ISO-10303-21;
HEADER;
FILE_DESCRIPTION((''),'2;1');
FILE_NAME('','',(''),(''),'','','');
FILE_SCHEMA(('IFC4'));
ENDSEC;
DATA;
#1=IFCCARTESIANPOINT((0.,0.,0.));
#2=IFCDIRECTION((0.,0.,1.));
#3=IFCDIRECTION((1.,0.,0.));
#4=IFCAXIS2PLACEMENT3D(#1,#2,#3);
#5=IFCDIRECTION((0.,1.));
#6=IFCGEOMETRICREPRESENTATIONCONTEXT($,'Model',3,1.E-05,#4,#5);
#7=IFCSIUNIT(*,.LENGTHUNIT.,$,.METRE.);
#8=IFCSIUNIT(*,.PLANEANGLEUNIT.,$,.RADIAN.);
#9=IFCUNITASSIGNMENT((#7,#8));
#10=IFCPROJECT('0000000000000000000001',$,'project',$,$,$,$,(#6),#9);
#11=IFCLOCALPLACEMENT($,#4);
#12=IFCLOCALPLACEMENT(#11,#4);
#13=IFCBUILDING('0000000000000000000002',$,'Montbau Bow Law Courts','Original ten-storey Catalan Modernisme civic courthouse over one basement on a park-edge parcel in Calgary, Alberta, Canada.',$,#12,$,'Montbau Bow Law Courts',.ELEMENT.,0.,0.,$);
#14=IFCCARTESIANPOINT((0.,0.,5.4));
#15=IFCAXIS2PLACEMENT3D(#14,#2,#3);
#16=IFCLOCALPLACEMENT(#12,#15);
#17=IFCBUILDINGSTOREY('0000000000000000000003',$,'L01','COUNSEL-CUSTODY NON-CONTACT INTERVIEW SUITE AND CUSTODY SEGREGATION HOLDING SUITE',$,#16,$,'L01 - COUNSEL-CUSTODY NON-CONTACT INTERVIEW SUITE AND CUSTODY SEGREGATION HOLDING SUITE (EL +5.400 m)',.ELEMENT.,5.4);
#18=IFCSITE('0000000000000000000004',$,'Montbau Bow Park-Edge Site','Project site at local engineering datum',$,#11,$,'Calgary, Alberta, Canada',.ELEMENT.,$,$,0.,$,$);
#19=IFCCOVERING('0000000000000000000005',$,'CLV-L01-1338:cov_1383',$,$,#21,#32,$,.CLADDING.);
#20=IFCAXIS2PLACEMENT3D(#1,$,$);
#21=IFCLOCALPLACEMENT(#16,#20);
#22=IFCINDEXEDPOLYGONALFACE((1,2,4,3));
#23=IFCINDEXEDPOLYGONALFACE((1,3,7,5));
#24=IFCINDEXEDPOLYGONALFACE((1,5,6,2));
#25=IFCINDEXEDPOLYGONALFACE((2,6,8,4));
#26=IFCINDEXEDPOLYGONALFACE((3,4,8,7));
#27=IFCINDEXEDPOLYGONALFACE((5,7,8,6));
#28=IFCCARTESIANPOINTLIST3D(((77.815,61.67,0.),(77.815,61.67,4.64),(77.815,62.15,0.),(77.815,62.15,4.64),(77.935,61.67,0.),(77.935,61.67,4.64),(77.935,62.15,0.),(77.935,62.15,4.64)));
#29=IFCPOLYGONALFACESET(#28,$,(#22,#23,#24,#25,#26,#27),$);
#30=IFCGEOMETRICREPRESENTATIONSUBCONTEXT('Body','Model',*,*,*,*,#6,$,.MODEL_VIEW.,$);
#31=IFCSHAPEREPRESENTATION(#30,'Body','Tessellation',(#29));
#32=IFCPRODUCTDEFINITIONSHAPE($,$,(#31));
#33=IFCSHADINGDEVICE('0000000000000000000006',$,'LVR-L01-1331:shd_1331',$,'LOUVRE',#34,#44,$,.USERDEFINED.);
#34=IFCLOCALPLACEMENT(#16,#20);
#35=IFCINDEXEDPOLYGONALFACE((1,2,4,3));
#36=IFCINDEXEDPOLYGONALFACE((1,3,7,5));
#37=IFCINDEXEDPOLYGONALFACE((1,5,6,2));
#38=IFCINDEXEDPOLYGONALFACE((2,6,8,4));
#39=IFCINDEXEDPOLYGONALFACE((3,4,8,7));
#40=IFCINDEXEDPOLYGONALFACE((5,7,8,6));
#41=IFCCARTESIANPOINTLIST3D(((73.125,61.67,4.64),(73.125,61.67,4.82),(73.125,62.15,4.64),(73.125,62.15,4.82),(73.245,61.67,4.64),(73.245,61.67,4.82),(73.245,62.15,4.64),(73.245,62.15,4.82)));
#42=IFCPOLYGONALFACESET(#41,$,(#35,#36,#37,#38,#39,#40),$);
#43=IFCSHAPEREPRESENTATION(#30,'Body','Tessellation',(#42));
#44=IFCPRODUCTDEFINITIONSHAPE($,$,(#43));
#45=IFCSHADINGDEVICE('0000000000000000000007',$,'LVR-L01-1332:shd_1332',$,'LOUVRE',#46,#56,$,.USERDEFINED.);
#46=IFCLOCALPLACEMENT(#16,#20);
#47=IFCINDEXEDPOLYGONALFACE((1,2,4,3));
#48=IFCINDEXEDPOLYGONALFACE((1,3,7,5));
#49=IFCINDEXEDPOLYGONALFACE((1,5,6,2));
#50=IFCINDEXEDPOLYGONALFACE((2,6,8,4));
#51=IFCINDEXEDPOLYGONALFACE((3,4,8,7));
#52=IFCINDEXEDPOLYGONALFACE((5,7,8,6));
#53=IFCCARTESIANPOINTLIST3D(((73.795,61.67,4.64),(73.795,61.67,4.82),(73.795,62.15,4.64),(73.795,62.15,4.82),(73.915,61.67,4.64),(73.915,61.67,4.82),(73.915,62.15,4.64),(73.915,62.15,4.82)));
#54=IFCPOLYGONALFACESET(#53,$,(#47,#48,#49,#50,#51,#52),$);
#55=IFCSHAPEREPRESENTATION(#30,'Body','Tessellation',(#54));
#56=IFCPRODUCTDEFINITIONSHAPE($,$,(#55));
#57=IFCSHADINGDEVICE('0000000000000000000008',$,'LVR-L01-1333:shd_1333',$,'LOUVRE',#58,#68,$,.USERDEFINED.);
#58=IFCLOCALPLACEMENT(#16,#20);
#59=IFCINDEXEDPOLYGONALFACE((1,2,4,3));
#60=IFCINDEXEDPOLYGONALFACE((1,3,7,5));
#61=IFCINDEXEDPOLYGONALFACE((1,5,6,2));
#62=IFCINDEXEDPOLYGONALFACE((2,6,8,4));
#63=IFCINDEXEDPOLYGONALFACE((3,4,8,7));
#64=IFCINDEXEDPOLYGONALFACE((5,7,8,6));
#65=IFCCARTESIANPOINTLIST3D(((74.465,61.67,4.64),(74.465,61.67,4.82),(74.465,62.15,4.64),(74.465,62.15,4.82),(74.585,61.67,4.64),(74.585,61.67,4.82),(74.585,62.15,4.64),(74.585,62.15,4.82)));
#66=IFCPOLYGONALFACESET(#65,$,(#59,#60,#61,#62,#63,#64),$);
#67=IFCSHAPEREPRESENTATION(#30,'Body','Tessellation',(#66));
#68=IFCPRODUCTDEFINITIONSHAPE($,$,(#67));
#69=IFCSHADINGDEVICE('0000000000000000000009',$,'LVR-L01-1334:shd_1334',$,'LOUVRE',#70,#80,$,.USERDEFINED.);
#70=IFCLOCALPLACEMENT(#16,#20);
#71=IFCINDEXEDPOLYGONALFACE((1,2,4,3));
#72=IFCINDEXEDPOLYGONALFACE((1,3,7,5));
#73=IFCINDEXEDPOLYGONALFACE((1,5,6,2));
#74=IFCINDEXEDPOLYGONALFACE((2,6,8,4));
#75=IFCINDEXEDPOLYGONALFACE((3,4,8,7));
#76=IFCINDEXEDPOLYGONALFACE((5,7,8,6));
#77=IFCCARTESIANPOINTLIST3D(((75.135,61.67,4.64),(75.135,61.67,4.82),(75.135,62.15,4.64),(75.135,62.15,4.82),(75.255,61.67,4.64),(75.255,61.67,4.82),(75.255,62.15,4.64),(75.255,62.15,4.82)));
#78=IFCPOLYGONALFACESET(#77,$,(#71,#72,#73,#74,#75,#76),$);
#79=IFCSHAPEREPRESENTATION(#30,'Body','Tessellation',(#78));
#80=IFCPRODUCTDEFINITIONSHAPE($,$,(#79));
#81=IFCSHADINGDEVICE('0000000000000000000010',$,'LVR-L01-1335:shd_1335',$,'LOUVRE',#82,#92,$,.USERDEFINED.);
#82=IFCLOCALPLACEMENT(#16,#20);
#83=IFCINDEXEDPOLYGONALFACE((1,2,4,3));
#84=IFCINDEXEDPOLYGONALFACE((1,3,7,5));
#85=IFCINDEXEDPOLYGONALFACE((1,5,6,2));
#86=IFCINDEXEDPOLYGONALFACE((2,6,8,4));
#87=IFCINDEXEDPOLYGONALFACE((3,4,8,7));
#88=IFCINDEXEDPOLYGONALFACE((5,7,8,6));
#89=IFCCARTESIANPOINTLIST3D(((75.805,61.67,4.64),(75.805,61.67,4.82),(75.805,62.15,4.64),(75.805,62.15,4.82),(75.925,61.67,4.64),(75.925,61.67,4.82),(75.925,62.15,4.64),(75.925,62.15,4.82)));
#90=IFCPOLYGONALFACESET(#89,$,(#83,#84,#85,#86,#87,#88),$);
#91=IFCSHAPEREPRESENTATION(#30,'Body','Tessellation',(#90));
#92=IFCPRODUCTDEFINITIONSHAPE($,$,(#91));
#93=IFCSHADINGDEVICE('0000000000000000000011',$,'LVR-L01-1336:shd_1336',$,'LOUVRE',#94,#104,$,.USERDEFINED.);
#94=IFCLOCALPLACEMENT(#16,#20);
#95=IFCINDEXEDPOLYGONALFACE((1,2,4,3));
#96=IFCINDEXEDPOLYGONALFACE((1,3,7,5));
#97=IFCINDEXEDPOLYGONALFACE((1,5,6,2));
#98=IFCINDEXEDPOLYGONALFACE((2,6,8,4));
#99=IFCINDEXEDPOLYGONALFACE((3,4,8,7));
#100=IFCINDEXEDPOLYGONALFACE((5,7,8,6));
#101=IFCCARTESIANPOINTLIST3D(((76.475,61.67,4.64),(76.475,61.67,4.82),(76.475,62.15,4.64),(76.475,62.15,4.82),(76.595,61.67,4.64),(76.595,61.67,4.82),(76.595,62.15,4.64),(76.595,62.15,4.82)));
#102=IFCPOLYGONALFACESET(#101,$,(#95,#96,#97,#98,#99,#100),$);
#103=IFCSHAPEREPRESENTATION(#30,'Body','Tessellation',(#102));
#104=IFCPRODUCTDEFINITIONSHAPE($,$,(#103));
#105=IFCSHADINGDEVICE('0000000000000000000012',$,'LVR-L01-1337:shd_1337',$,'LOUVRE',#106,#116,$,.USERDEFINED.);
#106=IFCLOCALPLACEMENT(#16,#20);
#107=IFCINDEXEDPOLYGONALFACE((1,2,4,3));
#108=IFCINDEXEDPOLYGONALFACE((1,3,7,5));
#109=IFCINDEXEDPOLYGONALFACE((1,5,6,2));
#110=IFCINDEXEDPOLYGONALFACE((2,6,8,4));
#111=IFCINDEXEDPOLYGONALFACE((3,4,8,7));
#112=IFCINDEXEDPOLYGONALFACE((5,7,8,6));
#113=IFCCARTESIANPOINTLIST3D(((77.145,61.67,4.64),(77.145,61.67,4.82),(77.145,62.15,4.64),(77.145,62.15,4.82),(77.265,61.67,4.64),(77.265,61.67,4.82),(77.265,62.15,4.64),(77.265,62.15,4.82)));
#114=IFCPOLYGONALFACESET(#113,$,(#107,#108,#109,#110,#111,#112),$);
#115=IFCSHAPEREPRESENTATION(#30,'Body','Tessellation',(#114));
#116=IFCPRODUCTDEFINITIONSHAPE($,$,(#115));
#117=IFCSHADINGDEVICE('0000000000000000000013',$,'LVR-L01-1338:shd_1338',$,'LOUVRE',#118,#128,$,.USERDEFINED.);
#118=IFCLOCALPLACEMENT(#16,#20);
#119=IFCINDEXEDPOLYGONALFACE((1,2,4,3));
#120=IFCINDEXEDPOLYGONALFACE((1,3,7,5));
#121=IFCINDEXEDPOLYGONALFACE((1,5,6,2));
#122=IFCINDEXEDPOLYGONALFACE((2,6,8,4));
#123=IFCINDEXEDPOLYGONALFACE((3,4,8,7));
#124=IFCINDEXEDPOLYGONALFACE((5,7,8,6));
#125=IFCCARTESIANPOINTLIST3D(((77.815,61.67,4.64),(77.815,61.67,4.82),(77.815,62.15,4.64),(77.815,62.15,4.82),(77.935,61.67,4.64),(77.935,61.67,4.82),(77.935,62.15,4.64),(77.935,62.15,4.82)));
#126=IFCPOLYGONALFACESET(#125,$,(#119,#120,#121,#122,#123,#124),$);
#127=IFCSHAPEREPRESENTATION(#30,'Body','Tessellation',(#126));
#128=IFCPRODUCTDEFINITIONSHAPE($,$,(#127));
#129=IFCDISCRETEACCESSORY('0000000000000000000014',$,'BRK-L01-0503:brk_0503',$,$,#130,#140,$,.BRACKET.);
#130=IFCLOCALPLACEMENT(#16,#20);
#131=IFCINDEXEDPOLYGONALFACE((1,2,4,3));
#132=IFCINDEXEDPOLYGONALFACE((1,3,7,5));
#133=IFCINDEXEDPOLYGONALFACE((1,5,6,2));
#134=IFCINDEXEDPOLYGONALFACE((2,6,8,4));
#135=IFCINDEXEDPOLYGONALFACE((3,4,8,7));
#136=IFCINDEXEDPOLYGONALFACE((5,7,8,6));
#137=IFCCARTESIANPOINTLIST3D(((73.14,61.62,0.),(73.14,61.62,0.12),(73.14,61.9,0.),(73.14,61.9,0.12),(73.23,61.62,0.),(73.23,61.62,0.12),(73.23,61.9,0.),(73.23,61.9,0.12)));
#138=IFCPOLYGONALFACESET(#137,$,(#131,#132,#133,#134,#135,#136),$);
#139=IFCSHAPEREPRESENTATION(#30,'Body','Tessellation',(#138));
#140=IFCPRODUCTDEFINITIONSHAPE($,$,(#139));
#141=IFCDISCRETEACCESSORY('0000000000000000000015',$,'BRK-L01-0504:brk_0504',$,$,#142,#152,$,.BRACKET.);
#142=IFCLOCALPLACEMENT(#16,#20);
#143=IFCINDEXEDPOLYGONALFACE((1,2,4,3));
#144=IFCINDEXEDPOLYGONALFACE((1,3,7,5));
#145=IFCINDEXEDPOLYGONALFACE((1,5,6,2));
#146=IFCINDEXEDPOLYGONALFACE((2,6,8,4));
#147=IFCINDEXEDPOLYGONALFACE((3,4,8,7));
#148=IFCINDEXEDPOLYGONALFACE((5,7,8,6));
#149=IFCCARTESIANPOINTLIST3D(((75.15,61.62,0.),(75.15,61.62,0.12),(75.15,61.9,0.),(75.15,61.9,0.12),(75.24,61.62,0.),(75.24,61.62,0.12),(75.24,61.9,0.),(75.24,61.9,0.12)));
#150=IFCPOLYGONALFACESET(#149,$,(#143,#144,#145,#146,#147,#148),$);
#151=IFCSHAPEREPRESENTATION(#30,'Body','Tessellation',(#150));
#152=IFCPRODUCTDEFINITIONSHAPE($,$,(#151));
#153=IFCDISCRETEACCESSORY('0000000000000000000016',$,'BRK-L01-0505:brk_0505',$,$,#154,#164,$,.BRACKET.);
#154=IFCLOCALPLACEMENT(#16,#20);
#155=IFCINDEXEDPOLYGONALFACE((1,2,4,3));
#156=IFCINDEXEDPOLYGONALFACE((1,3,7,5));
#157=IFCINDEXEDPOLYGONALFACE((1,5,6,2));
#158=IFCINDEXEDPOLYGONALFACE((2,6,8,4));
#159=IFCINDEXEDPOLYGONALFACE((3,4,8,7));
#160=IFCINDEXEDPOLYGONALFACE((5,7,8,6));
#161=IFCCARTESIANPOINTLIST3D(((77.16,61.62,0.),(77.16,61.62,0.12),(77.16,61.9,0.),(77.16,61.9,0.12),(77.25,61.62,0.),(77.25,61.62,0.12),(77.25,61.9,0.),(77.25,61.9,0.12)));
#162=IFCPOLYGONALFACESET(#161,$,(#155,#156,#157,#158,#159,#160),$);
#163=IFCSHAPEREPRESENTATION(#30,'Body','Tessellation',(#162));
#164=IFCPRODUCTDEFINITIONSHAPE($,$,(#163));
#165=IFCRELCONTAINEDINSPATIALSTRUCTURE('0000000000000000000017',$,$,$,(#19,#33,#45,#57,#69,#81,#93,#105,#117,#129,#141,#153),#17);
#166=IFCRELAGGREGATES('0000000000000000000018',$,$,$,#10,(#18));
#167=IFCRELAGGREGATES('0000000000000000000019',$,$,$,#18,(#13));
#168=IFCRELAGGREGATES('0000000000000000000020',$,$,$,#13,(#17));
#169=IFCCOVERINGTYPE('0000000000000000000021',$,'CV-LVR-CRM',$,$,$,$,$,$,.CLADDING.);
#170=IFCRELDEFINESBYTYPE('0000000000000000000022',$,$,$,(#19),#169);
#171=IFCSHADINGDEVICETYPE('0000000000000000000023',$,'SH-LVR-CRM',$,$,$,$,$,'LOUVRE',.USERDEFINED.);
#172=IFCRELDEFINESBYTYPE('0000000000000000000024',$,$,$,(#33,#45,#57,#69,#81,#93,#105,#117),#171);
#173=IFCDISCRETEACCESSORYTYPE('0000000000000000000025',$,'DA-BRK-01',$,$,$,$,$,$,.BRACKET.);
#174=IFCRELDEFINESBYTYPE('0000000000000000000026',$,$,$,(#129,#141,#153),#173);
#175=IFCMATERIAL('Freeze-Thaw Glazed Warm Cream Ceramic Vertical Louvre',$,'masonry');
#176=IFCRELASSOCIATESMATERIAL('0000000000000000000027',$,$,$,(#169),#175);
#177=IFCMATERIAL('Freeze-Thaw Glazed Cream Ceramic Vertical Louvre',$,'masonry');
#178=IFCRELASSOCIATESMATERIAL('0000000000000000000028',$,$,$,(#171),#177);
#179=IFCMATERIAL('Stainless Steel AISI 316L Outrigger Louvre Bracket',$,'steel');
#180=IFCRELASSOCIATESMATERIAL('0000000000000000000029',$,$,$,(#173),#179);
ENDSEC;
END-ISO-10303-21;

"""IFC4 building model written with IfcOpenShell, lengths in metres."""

from ifc_helpers import new_model, si_unit, direction, frame, frame_2d, origin_with_axes, origin_2d_with_axis, place, context, subcontext, project, spatial, rectangle, extrude, material, type_object, element, save


model = new_model("IFC4")

# Units and contexts
model_context = context("Model", 3, precision=1e-05, world=origin_with_axes(), true_north=direction((0.0, 1.0)))
body_context = subcontext(model_context, "Body", "Model", "MODEL_VIEW")
ifc_project = project(units=[si_unit("LENGTHUNIT", "METRE"), si_unit("PLANEANGLEUNIT", "RADIAN")], contexts=[model_context])

# Site, building, storey
site_placement = place(None, origin_with_axes())
site = spatial("IfcSite", under=ifc_project, at=site_placement, Name="Montbau Bow Park-Edge Site", Description="Project site at local engineering datum", LongName="Calgary, Alberta, Canada", CompositionType="ELEMENT", RefElevation=0.0)
building_placement = place(site_placement, origin_with_axes())
building = spatial("IfcBuilding", under=site, at=building_placement, Name="Montbau Bow Law Courts", Description="Original ten-storey Catalan Modernisme civic courthouse over one basement on a park-edge parcel in Calgary, Alberta, Canada.", LongName="Montbau Bow Law Courts", CompositionType="ELEMENT", ElevationOfRefHeight=0.0, ElevationOfTerrain=0.0)
storey_placement = place(building_placement, frame((0.0, 0.0, 5.4), z_axis=(0.0, 0.0, 1.0), x_axis=(1.0, 0.0, 0.0)))
storey = spatial("IfcBuildingStorey", under=building, at=storey_placement, Name="L01", Description="COUNSEL-CUSTODY NON-CONTACT INTERVIEW SUITE AND CUSTODY SEGREGATION HOLDING SUITE", LongName="L01 - COUNSEL-CUSTODY NON-CONTACT INTERVIEW SUITE AND CUSTODY SEGREGATION HOLDING SUITE (EL +5.400 m)", CompositionType="ELEMENT", Elevation=5.4)

# Covering
ifc_material_1 = material(Name="Freeze-Thaw Glazed Warm Cream Ceramic Vertical Louvre", Category="masonry")
covering_type = type_object("IfcCoveringType", Name="CV-LVR-CRM", PredefinedType="CLADDING", material=ifc_material_1)
for number, where, z_axis, x_axis, name in (
    (1, (77.875, 61.67, 5.4), (1.0, 0.0, 0.0), (0.0, 1.0, 0.0), "CLV-L01-1338:cov_1383"),
):
    element("IfcCovering", number, at=place(None, frame(where, z_axis=z_axis, x_axis=x_axis)), inside=storey, type_object=covering_type, Name=name, PredefinedType="CLADDING", context=body_context, shape_type="SweptSolid", body=[
        extrude(rectangle(XDim=0.48, YDim=4.64, at=frame_2d((0.24, 2.32), x_axis=(1.0, 0.0))), frame((0.0, 0.0, -0.06), z_axis=(0.0, 0.0, 1.0), x_axis=(1.0, 0.0, 0.0)), (0.0, 0.0, 1.0), 0.12),
    ])

# Shading devices
ifc_material_2 = material(Name="Freeze-Thaw Glazed Cream Ceramic Vertical Louvre", Category="masonry")
shading_device_type = type_object("IfcShadingDeviceType", Name="SH-LVR-CRM", ElementType="LOUVRE", PredefinedType="USERDEFINED", material=ifc_material_2)
for number, where, z_axis, x_axis, name in (
    (2, (73.185, 61.91, 10.04), (0.0, 0.0, 1.0), (0.0, 1.0, 0.0), "LVR-L01-1331:shd_1331"),
    (3, (73.855, 61.91, 10.04), (0.0, 0.0, 1.0), (0.0, 1.0, 0.0), "LVR-L01-1332:shd_1332"),
    (4, (74.525, 61.91, 10.04), (0.0, 0.0, 1.0), (0.0, 1.0, 0.0), "LVR-L01-1333:shd_1333"),
    (5, (75.195, 61.91, 10.04), (0.0, 0.0, 1.0), (0.0, 1.0, 0.0), "LVR-L01-1334:shd_1334"),
    (6, (75.865, 61.91, 10.04), (0.0, 0.0, 1.0), (0.0, 1.0, 0.0), "LVR-L01-1335:shd_1335"),
    (7, (76.535, 61.91, 10.04), (0.0, 0.0, 1.0), (0.0, 1.0, 0.0), "LVR-L01-1336:shd_1336"),
    (8, (77.205, 61.91, 10.04), (0.0, 0.0, 1.0), (0.0, 1.0, 0.0), "LVR-L01-1337:shd_1337"),
    (9, (77.875, 61.91, 10.04), (0.0, 0.0, 1.0), (0.0, 1.0, 0.0), "LVR-L01-1338:shd_1338"),
):
    element("IfcShadingDevice", number, at=place(None, frame(where, z_axis=z_axis, x_axis=x_axis)), inside=storey, type_object=shading_device_type, Name=name, ObjectType="LOUVRE", PredefinedType="USERDEFINED", context=body_context, shape_type="SweptSolid", body=[
        extrude(rectangle(XDim=0.48, YDim=0.12, at=origin_2d_with_axis()), origin_with_axes(), (0.0, 0.0, 1.0), 0.18),
    ])

# Discrete accessories
ifc_material_3 = material(Name="Stainless Steel AISI 316L Outrigger Louvre Bracket", Category="steel")
discrete_accessory_type = type_object("IfcDiscreteAccessoryType", Name="DA-BRK-01", PredefinedType="BRACKET", material=ifc_material_3)
for number, where, z_axis, x_axis, name in (
    (10, (73.185, 61.76, 5.4), (0.0, 0.0, 1.0), (0.0, 1.0, 0.0), "BRK-L01-0503:brk_0503"),
    (11, (75.195, 61.76, 5.4), (0.0, 0.0, 1.0), (0.0, 1.0, 0.0), "BRK-L01-0504:brk_0504"),
    (12, (77.205, 61.76, 5.4), (0.0, 0.0, 1.0), (0.0, 1.0, 0.0), "BRK-L01-0505:brk_0505"),
):
    element("IfcDiscreteAccessory", number, at=place(None, frame(where, z_axis=z_axis, x_axis=x_axis)), inside=storey, type_object=discrete_accessory_type, Name=name, PredefinedType="BRACKET", context=body_context, shape_type="SweptSolid", body=[
        extrude(rectangle(XDim=0.28, YDim=0.09, at=origin_2d_with_axis()), origin_with_axes(), (0.0, 0.0, 1.0), 0.12),
    ])

save(model, "model.ifc")
